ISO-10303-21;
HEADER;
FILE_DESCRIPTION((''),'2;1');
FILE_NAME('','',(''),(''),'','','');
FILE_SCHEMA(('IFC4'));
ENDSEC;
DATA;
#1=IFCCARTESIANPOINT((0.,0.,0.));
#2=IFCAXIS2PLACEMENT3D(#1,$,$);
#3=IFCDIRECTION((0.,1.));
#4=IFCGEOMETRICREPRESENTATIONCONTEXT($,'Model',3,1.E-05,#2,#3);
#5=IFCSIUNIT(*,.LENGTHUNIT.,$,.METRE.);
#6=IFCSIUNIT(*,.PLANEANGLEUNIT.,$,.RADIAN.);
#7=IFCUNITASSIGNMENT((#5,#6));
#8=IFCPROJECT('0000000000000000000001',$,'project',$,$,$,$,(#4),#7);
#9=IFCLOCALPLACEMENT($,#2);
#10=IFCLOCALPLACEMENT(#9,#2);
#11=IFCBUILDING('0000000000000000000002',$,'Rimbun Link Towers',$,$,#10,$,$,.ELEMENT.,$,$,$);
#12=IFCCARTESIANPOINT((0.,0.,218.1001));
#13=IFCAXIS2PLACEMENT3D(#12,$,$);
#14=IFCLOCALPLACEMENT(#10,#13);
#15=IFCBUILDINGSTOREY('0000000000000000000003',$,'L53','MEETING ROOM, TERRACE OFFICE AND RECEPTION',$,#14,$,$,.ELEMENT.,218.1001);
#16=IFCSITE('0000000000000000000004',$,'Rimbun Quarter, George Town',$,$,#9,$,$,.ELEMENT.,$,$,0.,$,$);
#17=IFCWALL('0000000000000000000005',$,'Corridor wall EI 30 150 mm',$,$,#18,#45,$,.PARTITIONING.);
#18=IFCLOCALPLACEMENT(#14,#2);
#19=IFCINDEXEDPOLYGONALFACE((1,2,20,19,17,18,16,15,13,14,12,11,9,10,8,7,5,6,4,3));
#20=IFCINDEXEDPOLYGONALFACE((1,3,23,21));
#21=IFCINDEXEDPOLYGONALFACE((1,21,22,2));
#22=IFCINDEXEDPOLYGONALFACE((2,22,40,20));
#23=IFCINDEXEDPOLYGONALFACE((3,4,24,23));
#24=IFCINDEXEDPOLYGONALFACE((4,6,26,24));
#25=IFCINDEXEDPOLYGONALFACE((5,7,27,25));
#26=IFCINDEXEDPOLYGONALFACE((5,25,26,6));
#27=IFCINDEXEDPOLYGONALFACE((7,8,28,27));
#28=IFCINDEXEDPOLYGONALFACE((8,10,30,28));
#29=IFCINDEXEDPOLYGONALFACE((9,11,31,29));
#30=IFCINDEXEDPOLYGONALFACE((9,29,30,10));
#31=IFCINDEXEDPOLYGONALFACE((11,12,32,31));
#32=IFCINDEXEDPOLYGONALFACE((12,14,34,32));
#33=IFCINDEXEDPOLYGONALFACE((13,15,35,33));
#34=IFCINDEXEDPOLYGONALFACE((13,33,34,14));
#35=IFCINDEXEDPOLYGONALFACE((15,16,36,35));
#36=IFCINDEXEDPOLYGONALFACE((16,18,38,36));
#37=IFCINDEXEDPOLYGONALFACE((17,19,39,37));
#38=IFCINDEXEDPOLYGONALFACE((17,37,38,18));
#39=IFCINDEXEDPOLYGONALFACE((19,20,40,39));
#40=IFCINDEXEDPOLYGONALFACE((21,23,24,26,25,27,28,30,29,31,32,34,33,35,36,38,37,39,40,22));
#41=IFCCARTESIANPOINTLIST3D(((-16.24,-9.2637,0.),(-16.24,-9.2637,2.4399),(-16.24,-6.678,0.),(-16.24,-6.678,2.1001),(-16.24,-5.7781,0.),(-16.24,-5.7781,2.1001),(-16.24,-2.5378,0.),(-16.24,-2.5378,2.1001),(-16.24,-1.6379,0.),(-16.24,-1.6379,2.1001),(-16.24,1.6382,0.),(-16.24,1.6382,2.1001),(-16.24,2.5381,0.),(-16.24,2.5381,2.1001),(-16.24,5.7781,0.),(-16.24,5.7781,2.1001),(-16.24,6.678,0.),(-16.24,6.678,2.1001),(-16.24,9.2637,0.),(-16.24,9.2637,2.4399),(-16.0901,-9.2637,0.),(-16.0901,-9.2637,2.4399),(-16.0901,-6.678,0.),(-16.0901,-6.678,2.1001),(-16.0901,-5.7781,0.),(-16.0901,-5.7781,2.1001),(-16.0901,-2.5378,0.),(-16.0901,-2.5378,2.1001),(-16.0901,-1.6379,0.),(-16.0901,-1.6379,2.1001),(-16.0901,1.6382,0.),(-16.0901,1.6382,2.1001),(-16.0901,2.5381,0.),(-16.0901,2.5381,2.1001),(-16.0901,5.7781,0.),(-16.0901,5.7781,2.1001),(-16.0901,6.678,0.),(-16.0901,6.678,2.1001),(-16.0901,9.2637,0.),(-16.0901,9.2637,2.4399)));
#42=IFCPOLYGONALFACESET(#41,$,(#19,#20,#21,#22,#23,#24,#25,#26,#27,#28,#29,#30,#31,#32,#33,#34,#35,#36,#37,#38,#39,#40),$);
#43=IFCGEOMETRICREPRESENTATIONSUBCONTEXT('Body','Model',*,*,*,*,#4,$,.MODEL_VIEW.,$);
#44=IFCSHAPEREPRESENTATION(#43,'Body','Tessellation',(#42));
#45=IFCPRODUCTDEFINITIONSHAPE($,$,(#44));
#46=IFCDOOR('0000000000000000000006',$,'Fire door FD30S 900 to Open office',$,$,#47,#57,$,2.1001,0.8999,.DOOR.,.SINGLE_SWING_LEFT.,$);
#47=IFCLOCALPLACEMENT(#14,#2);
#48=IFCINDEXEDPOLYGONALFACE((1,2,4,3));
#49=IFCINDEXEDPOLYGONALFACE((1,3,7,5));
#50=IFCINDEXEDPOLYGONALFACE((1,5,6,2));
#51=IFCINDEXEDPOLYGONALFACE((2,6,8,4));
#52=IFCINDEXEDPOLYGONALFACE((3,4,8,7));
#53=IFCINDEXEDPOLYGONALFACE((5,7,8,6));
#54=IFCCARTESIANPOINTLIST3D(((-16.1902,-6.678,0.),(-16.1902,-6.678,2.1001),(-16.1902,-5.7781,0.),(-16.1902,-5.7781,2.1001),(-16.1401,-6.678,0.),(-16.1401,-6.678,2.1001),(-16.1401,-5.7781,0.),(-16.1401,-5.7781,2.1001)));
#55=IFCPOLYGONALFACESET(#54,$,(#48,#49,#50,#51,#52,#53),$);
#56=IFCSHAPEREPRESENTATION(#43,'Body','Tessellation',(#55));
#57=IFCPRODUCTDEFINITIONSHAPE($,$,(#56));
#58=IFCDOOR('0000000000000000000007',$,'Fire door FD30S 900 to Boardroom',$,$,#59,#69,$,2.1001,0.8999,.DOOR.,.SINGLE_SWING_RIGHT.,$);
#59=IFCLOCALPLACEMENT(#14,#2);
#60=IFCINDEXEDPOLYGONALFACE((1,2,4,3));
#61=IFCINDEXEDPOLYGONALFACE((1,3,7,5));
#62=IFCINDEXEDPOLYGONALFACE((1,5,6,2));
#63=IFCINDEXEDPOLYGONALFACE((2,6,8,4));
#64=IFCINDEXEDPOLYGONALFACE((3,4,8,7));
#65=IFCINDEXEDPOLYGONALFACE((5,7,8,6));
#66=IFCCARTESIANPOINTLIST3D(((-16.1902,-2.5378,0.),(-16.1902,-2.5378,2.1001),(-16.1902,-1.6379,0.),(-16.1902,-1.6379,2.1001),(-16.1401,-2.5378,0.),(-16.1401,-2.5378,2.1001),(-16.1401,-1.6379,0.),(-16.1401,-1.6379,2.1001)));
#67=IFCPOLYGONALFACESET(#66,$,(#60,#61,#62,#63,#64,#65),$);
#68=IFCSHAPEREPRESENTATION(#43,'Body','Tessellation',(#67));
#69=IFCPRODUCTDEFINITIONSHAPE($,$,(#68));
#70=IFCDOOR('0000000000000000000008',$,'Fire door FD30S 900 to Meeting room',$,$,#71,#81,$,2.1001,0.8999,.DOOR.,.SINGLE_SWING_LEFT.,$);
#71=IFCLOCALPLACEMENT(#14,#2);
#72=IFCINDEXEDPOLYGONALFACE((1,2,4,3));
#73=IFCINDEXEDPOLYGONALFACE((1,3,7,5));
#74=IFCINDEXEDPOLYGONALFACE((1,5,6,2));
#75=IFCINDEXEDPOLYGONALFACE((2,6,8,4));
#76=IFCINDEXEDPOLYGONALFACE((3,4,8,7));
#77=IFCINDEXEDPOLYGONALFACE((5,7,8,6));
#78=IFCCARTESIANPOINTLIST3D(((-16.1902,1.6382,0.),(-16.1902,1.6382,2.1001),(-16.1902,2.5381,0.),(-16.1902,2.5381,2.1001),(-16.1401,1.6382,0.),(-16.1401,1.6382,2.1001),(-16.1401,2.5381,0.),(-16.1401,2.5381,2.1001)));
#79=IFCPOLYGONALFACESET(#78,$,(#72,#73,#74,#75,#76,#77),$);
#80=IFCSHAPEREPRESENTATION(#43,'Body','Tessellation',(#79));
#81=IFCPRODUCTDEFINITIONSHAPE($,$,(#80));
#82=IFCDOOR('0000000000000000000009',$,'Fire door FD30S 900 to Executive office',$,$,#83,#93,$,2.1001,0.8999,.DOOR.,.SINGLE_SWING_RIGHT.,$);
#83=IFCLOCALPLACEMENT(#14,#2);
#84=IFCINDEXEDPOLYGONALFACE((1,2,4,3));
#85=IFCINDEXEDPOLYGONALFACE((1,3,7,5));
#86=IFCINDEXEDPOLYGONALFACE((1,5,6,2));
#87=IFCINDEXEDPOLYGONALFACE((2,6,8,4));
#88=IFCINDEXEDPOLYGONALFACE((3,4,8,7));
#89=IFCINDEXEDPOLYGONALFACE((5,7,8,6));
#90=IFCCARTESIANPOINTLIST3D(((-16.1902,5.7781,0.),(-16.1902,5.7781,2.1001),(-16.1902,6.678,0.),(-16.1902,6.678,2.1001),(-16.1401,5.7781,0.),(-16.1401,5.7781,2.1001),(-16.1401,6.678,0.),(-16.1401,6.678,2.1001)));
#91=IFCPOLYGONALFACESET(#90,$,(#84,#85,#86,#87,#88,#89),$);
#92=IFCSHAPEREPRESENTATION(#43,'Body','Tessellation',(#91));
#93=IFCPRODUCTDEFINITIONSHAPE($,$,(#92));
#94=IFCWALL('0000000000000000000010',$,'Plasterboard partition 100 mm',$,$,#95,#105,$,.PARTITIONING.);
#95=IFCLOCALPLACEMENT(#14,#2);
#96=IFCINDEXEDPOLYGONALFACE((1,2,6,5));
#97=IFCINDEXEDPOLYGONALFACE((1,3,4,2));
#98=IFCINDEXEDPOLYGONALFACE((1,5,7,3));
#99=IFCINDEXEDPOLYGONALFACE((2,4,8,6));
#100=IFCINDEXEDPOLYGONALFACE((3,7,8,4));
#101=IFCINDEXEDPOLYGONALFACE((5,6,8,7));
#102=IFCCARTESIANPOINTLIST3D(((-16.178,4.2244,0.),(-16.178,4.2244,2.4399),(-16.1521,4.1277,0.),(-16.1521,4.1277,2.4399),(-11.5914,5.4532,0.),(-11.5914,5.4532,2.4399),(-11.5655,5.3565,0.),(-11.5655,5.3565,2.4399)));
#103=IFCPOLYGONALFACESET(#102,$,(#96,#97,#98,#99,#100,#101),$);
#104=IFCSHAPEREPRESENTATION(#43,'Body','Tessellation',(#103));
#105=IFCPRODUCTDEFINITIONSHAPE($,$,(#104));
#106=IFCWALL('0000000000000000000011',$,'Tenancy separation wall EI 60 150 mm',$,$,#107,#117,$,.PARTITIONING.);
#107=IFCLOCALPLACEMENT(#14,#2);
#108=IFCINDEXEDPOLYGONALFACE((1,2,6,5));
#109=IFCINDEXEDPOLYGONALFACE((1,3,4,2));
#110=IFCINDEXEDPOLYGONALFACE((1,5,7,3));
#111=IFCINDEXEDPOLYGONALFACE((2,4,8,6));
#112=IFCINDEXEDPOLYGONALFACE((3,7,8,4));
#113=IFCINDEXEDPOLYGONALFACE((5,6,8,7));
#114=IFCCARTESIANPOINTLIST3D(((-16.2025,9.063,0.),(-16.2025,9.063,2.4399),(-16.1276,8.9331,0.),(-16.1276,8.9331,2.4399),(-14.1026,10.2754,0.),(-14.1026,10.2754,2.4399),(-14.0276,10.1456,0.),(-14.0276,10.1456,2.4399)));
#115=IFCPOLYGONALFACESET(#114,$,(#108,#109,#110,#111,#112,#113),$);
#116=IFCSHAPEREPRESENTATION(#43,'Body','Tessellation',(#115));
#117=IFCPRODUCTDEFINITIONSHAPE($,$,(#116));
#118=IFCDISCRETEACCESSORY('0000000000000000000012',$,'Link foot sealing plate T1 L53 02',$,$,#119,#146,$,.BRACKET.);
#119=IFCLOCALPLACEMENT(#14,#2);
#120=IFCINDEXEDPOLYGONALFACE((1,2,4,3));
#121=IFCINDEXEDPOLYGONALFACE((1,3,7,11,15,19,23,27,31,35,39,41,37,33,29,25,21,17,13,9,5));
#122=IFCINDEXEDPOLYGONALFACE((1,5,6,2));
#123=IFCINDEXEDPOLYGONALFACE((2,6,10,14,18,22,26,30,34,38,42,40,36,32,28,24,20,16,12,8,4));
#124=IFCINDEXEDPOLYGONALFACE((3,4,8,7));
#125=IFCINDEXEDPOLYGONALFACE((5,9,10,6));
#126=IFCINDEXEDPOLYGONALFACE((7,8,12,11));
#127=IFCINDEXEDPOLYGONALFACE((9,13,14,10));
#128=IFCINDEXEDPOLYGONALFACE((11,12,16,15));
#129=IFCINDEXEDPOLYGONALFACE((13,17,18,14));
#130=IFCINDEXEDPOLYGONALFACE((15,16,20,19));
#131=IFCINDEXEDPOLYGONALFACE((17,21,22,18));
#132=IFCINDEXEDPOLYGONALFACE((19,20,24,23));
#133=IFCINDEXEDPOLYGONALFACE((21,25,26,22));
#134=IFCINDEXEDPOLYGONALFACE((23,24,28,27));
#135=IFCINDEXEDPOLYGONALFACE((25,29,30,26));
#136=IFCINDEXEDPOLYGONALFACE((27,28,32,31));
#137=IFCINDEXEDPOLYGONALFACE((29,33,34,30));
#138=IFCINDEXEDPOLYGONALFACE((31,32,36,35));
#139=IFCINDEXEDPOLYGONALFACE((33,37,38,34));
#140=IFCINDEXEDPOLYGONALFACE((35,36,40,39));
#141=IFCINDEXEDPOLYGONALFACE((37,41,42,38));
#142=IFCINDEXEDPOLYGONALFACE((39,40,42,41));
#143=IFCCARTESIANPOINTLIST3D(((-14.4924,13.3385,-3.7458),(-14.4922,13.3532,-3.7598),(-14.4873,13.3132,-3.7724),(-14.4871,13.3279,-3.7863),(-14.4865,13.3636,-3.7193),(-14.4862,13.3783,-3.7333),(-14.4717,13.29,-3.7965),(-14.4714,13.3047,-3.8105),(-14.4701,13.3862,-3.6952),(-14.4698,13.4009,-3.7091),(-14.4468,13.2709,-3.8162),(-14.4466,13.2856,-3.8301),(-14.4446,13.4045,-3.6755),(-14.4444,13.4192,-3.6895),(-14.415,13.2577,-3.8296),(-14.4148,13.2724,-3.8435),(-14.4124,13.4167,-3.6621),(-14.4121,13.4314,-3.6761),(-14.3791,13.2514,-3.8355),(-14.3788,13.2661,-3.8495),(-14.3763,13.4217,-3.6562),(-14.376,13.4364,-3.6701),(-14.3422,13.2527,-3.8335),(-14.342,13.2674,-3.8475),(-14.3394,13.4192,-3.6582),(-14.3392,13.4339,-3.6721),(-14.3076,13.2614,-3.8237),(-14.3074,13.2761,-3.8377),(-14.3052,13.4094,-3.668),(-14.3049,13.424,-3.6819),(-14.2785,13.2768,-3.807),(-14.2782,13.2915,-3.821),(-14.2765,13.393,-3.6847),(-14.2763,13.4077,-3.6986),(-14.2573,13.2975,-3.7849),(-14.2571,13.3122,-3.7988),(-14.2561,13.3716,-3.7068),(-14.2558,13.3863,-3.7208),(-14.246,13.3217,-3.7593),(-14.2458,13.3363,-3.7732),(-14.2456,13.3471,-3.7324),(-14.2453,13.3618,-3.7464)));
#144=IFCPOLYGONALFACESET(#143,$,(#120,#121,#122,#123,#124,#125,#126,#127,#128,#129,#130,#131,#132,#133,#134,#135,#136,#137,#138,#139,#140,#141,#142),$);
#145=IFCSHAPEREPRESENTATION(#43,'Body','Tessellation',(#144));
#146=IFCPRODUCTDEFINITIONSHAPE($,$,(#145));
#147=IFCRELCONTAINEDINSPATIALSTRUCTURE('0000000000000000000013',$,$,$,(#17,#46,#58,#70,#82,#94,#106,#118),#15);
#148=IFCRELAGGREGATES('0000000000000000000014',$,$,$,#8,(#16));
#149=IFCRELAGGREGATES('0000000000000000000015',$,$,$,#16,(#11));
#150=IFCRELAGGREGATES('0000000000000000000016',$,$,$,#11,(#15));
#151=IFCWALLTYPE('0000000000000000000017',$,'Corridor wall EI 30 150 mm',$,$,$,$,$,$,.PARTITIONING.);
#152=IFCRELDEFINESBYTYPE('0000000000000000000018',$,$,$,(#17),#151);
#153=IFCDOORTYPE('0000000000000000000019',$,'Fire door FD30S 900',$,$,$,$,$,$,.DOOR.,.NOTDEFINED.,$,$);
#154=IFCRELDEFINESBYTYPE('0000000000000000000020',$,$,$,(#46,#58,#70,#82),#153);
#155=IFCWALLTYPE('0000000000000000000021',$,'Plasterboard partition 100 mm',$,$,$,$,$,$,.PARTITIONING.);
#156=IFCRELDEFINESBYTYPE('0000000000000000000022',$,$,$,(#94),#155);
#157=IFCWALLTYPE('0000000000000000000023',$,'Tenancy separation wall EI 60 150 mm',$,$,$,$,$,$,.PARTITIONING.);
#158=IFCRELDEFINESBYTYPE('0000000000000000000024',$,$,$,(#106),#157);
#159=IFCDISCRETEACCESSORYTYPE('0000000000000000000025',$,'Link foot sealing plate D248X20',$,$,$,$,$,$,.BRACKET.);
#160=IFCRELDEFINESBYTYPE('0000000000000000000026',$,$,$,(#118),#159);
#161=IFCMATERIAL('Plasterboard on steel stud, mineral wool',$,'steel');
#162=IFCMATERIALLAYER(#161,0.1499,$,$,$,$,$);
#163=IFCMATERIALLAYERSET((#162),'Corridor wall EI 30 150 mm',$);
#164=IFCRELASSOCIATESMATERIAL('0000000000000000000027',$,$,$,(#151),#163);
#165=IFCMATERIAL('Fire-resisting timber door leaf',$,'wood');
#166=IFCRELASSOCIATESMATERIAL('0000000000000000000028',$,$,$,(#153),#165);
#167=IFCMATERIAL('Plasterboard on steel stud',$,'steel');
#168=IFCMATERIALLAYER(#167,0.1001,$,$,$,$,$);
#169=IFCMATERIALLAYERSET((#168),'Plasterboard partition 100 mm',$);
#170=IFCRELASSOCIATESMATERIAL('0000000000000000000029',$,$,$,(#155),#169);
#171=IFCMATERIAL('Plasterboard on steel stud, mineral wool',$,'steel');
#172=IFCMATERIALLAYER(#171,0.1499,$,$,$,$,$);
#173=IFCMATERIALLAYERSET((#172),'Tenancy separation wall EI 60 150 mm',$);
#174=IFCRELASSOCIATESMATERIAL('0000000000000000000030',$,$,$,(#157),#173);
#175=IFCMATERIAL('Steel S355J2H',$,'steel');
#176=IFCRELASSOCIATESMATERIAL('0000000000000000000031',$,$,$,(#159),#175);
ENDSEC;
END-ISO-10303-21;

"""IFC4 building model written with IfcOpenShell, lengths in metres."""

from ifc_helpers import new_model, si_unit, direction, frame, frame_2d, origin, origin_2d, place, context, subcontext, project, spatial, rectangle, circle, extrude, material, layer, layer_set, material_profile, profile_set, type_object, element, fill, save


model = new_model("IFC4")

# Units and contexts
model_context = context("Model", 3, precision=1e-05, world=origin(), true_north=direction((0.0, 1.0)))
body_context = subcontext(model_context, "Body", "Model", "MODEL_VIEW")
ifc_project = project(units=[si_unit("LENGTHUNIT", "METRE"), si_unit("PLANEANGLEUNIT", "RADIAN")], contexts=[model_context])

# Site, building, storey
site_placement = place(None, origin())
site = spatial("IfcSite", under=ifc_project, at=site_placement, Name="Rimbun Quarter, George Town", CompositionType="ELEMENT", RefElevation=0.0)
building_placement = place(site_placement, origin())
building = spatial("IfcBuilding", under=site, at=building_placement, Name="Rimbun Link Towers", CompositionType="ELEMENT")
storey_placement = place(building_placement, frame((0.0, 0.0, 218.1001)))
storey = spatial("IfcBuildingStorey", under=building, at=storey_placement, Name="L53", Description="MEETING ROOM, TERRACE OFFICE AND RECEPTION", CompositionType="ELEMENT", Elevation=218.1001)

# Shared definitions
ifc_material_1 = material(Name="Plasterboard on steel stud, mineral wool", Category="steel")
ifc_layer_1 = layer(ifc_material_1, 0.1499)
ifc_layer_set_1 = layer_set([ifc_layer_1], Name="Corridor wall EI 30 150 mm")
wall_type_1 = type_object("IfcWallType", Name="Corridor wall EI 30 150 mm", PredefinedType="PARTITIONING", material=ifc_layer_set_1)

# Wall, openings, doors
wall_1_placement = place(storey_placement, frame((-16.165, 9.2637, 0.0), z_axis=(0.0, 0.0, 1.0), x_axis=(0.0, -1.0, 0.0)))
wall_1 = element("IfcWall", 1, at=wall_1_placement, inside=storey, type_object=wall_type_1, Name="Corridor wall EI 30 150 mm", PredefinedType="PARTITIONING", context=body_context, shape_type="SweptSolid", body=[
    extrude(rectangle(XDim=18.5273, YDim=0.1499, at=frame_2d((9.2637, 0.0))), origin(), (0.0, 0.0, 1.0), 2.4399),
])
opening_1_placement = place(wall_1_placement, frame((15.0417, 0.0, 0.0)))
opening_1 = element("IfcOpeningElement", 2, at=opening_1_placement, cuts=wall_1, PredefinedType="OPENING", context=body_context, shape_type="SweptSolid", body=[
    extrude(rectangle(XDim=0.8999, YDim=2.1001, at=frame_2d((0.45, 1.05))), frame((0.0, 0.085, 0.0), z_axis=(0.0, -1.0, 0.0), x_axis=(1.0, 0.0, 0.0)), (0.0, 0.0, 1.0), 0.1699),
])
opening_2_placement = place(wall_1_placement, frame((10.9016, 0.0, 0.0)))
opening_2 = element("IfcOpeningElement", 3, at=opening_2_placement, cuts=wall_1, PredefinedType="OPENING", context=body_context, shape_type="SweptSolid", body=[
    extrude(rectangle(XDim=0.8999, YDim=2.1001, at=frame_2d((0.45, 1.05))), frame((0.0, 0.085, 0.0), z_axis=(0.0, -1.0, 0.0), x_axis=(1.0, 0.0, 0.0)), (0.0, 0.0, 1.0), 0.1699),
])
opening_3_placement = place(wall_1_placement, frame((6.7256, 0.0, 0.0)))
opening_3 = element("IfcOpeningElement", 4, at=opening_3_placement, cuts=wall_1, PredefinedType="OPENING", context=body_context, shape_type="SweptSolid", body=[
    extrude(rectangle(XDim=0.8999, YDim=2.1001, at=frame_2d((0.45, 1.05))), frame((0.0, 0.085, 0.0), z_axis=(0.0, -1.0, 0.0), x_axis=(1.0, 0.0, 0.0)), (0.0, 0.0, 1.0), 0.1699),
])
opening_4_placement = place(wall_1_placement, frame((2.5857, 0.0, 0.0)))
opening_4 = element("IfcOpeningElement", 5, at=opening_4_placement, cuts=wall_1, PredefinedType="OPENING", context=body_context, shape_type="SweptSolid", body=[
    extrude(rectangle(XDim=0.8999, YDim=2.1001, at=frame_2d((0.45, 1.05))), frame((0.0, 0.085, 0.0), z_axis=(0.0, -1.0, 0.0), x_axis=(1.0, 0.0, 0.0)), (0.0, 0.0, 1.0), 0.1699),
])
ifc_material_2 = material(Name="Fire-resisting timber door leaf", Category="wood")
door_type = type_object("IfcDoorType", Name="Fire door FD30S 900", OperationType="NOTDEFINED", PredefinedType="DOOR", material=ifc_material_2)
door_1_placement = place(opening_1_placement, origin())
door_1 = element("IfcDoor", 6, at=door_1_placement, inside=storey, type_object=door_type, Name="Fire door FD30S 900 to Open office", OperationType="SINGLE_SWING_LEFT", OverallHeight=2.1001, OverallWidth=0.8999, PredefinedType="DOOR", context=body_context, shape_type="SweptSolid", body=[
    extrude(rectangle(XDim=0.8999, YDim=2.1001, at=frame_2d((0.45, 1.05))), frame((0.0, 0.0249, 0.0), z_axis=(0.0, -1.0, 0.0), x_axis=(1.0, 0.0, 0.0)), (0.0, 0.0, 1.0), 0.05),
])
fill(opening_1, door_1)
door_2_placement = place(opening_2_placement, origin())
door_2 = element("IfcDoor", 7, at=door_2_placement, inside=storey, type_object=door_type, Name="Fire door FD30S 900 to Boardroom", OperationType="SINGLE_SWING_RIGHT", OverallHeight=2.1001, OverallWidth=0.8999, PredefinedType="DOOR", context=body_context, shape_type="SweptSolid", body=[
    extrude(rectangle(XDim=0.8999, YDim=2.1001, at=frame_2d((0.45, 1.05))), frame((0.0, 0.0249, 0.0), z_axis=(0.0, -1.0, 0.0), x_axis=(1.0, 0.0, 0.0)), (0.0, 0.0, 1.0), 0.05),
])
fill(opening_2, door_2)
door_3_placement = place(opening_3_placement, origin())
door_3 = element("IfcDoor", 8, at=door_3_placement, inside=storey, type_object=door_type, Name="Fire door FD30S 900 to Meeting room", OperationType="SINGLE_SWING_LEFT", OverallHeight=2.1001, OverallWidth=0.8999, PredefinedType="DOOR", context=body_context, shape_type="SweptSolid", body=[
    extrude(rectangle(XDim=0.8999, YDim=2.1001, at=frame_2d((0.45, 1.05))), frame((0.0, 0.0249, 0.0), z_axis=(0.0, -1.0, 0.0), x_axis=(1.0, 0.0, 0.0)), (0.0, 0.0, 1.0), 0.05),
])
fill(opening_3, door_3)
door_4_placement = place(opening_4_placement, origin())
door_4 = element("IfcDoor", 9, at=door_4_placement, inside=storey, type_object=door_type, Name="Fire door FD30S 900 to Executive office", OperationType="SINGLE_SWING_RIGHT", OverallHeight=2.1001, OverallWidth=0.8999, PredefinedType="DOOR", context=body_context, shape_type="SweptSolid", body=[
    extrude(rectangle(XDim=0.8999, YDim=2.1001, at=frame_2d((0.45, 1.05))), frame((0.0, 0.0249, 0.0), z_axis=(0.0, -1.0, 0.0), x_axis=(1.0, 0.0, 0.0)), (0.0, 0.0, 1.0), 0.05),
])
fill(opening_4, door_4)

# Walls
ifc_material_3 = material(Name="Plasterboard on steel stud", Category="steel")
ifc_layer_2 = layer(ifc_material_3, 0.1001)
ifc_layer_set_2 = layer_set([ifc_layer_2], Name="Plasterboard partition 100 mm")
wall_type_2 = type_object("IfcWallType", Name="Plasterboard partition 100 mm", PredefinedType="PARTITIONING", material=ifc_layer_set_2)
wall_2_placement = place(storey_placement, frame((-11.5786, 5.4048, 0.0), z_axis=(0.0, 0.0, 1.0), x_axis=(-0.965935, -0.258786, 0.0)))
element("IfcWall", 10, at=wall_2_placement, inside=storey, type_object=wall_type_2, Name="Plasterboard partition 100 mm", PredefinedType="PARTITIONING", context=body_context, shape_type="SweptSolid", body=[
    extrude(rectangle(XDim=4.7483, YDim=0.1001, at=frame_2d((2.374, 0.0))), origin(), (0.0, 0.0, 1.0), 2.4399),
])
ifc_material_4 = material(Name="Plasterboard on steel stud, mineral wool", Category="steel")
ifc_layer_3 = layer(ifc_material_4, 0.1499)
ifc_layer_set_3 = layer_set([ifc_layer_3], Name="Tenancy separation wall EI 60 150 mm")
wall_type_3 = type_object("IfcWallType", Name="Tenancy separation wall EI 60 150 mm", PredefinedType="PARTITIONING", material=ifc_layer_set_3)
wall_3_placement = place(storey_placement, frame((-16.165, 8.998, 0.0), z_axis=(0.0, 0.0, 1.0), x_axis=(0.866016, 0.500016, 0.0)))
element("IfcWall", 11, at=wall_3_placement, inside=storey, type_object=wall_type_3, Name="Tenancy separation wall EI 60 150 mm", PredefinedType="PARTITIONING", context=body_context, shape_type="SweptSolid", body=[
    extrude(rectangle(XDim=2.4248, YDim=0.1499, at=frame_2d((1.2124, 0.0))), origin(), (0.0, 0.0, 1.0), 2.4399),
])

# Discrete accessory
ifc_material_5 = material(Name="Steel S355J2H", Category="steel")
ifc_material_profile_1 = material_profile(ifc_material_5, circle(Radius=0.124, at=origin_2d()), Name="PL D248")
ifc_profile_set_1 = profile_set([ifc_material_profile_1], Name="Steel S355J2H")
discrete_accessory_type = type_object("IfcDiscreteAccessoryType", Name="Link foot sealing plate D248X20", PredefinedType="BRACKET", material=ifc_profile_set_1)
discrete_accessory_placement = place(storey_placement, frame((-14.3684, 13.3364, -3.7458), z_axis=(0.012082, 0.724947, -0.688699), x_axis=(-0.999861, 0.016664, 0.0)))
element("IfcDiscreteAccessory", 12, at=discrete_accessory_placement, inside=storey, type_object=discrete_accessory_type, Name="Link foot sealing plate T1 L53 02", PredefinedType="BRACKET", context=body_context, shape_type="SweptSolid", body=[
    extrude(circle(Radius=0.124, at=origin_2d()), origin(), (0.0, 0.0, 1.0), 0.0203),
])

save(model, "model.ifc")
